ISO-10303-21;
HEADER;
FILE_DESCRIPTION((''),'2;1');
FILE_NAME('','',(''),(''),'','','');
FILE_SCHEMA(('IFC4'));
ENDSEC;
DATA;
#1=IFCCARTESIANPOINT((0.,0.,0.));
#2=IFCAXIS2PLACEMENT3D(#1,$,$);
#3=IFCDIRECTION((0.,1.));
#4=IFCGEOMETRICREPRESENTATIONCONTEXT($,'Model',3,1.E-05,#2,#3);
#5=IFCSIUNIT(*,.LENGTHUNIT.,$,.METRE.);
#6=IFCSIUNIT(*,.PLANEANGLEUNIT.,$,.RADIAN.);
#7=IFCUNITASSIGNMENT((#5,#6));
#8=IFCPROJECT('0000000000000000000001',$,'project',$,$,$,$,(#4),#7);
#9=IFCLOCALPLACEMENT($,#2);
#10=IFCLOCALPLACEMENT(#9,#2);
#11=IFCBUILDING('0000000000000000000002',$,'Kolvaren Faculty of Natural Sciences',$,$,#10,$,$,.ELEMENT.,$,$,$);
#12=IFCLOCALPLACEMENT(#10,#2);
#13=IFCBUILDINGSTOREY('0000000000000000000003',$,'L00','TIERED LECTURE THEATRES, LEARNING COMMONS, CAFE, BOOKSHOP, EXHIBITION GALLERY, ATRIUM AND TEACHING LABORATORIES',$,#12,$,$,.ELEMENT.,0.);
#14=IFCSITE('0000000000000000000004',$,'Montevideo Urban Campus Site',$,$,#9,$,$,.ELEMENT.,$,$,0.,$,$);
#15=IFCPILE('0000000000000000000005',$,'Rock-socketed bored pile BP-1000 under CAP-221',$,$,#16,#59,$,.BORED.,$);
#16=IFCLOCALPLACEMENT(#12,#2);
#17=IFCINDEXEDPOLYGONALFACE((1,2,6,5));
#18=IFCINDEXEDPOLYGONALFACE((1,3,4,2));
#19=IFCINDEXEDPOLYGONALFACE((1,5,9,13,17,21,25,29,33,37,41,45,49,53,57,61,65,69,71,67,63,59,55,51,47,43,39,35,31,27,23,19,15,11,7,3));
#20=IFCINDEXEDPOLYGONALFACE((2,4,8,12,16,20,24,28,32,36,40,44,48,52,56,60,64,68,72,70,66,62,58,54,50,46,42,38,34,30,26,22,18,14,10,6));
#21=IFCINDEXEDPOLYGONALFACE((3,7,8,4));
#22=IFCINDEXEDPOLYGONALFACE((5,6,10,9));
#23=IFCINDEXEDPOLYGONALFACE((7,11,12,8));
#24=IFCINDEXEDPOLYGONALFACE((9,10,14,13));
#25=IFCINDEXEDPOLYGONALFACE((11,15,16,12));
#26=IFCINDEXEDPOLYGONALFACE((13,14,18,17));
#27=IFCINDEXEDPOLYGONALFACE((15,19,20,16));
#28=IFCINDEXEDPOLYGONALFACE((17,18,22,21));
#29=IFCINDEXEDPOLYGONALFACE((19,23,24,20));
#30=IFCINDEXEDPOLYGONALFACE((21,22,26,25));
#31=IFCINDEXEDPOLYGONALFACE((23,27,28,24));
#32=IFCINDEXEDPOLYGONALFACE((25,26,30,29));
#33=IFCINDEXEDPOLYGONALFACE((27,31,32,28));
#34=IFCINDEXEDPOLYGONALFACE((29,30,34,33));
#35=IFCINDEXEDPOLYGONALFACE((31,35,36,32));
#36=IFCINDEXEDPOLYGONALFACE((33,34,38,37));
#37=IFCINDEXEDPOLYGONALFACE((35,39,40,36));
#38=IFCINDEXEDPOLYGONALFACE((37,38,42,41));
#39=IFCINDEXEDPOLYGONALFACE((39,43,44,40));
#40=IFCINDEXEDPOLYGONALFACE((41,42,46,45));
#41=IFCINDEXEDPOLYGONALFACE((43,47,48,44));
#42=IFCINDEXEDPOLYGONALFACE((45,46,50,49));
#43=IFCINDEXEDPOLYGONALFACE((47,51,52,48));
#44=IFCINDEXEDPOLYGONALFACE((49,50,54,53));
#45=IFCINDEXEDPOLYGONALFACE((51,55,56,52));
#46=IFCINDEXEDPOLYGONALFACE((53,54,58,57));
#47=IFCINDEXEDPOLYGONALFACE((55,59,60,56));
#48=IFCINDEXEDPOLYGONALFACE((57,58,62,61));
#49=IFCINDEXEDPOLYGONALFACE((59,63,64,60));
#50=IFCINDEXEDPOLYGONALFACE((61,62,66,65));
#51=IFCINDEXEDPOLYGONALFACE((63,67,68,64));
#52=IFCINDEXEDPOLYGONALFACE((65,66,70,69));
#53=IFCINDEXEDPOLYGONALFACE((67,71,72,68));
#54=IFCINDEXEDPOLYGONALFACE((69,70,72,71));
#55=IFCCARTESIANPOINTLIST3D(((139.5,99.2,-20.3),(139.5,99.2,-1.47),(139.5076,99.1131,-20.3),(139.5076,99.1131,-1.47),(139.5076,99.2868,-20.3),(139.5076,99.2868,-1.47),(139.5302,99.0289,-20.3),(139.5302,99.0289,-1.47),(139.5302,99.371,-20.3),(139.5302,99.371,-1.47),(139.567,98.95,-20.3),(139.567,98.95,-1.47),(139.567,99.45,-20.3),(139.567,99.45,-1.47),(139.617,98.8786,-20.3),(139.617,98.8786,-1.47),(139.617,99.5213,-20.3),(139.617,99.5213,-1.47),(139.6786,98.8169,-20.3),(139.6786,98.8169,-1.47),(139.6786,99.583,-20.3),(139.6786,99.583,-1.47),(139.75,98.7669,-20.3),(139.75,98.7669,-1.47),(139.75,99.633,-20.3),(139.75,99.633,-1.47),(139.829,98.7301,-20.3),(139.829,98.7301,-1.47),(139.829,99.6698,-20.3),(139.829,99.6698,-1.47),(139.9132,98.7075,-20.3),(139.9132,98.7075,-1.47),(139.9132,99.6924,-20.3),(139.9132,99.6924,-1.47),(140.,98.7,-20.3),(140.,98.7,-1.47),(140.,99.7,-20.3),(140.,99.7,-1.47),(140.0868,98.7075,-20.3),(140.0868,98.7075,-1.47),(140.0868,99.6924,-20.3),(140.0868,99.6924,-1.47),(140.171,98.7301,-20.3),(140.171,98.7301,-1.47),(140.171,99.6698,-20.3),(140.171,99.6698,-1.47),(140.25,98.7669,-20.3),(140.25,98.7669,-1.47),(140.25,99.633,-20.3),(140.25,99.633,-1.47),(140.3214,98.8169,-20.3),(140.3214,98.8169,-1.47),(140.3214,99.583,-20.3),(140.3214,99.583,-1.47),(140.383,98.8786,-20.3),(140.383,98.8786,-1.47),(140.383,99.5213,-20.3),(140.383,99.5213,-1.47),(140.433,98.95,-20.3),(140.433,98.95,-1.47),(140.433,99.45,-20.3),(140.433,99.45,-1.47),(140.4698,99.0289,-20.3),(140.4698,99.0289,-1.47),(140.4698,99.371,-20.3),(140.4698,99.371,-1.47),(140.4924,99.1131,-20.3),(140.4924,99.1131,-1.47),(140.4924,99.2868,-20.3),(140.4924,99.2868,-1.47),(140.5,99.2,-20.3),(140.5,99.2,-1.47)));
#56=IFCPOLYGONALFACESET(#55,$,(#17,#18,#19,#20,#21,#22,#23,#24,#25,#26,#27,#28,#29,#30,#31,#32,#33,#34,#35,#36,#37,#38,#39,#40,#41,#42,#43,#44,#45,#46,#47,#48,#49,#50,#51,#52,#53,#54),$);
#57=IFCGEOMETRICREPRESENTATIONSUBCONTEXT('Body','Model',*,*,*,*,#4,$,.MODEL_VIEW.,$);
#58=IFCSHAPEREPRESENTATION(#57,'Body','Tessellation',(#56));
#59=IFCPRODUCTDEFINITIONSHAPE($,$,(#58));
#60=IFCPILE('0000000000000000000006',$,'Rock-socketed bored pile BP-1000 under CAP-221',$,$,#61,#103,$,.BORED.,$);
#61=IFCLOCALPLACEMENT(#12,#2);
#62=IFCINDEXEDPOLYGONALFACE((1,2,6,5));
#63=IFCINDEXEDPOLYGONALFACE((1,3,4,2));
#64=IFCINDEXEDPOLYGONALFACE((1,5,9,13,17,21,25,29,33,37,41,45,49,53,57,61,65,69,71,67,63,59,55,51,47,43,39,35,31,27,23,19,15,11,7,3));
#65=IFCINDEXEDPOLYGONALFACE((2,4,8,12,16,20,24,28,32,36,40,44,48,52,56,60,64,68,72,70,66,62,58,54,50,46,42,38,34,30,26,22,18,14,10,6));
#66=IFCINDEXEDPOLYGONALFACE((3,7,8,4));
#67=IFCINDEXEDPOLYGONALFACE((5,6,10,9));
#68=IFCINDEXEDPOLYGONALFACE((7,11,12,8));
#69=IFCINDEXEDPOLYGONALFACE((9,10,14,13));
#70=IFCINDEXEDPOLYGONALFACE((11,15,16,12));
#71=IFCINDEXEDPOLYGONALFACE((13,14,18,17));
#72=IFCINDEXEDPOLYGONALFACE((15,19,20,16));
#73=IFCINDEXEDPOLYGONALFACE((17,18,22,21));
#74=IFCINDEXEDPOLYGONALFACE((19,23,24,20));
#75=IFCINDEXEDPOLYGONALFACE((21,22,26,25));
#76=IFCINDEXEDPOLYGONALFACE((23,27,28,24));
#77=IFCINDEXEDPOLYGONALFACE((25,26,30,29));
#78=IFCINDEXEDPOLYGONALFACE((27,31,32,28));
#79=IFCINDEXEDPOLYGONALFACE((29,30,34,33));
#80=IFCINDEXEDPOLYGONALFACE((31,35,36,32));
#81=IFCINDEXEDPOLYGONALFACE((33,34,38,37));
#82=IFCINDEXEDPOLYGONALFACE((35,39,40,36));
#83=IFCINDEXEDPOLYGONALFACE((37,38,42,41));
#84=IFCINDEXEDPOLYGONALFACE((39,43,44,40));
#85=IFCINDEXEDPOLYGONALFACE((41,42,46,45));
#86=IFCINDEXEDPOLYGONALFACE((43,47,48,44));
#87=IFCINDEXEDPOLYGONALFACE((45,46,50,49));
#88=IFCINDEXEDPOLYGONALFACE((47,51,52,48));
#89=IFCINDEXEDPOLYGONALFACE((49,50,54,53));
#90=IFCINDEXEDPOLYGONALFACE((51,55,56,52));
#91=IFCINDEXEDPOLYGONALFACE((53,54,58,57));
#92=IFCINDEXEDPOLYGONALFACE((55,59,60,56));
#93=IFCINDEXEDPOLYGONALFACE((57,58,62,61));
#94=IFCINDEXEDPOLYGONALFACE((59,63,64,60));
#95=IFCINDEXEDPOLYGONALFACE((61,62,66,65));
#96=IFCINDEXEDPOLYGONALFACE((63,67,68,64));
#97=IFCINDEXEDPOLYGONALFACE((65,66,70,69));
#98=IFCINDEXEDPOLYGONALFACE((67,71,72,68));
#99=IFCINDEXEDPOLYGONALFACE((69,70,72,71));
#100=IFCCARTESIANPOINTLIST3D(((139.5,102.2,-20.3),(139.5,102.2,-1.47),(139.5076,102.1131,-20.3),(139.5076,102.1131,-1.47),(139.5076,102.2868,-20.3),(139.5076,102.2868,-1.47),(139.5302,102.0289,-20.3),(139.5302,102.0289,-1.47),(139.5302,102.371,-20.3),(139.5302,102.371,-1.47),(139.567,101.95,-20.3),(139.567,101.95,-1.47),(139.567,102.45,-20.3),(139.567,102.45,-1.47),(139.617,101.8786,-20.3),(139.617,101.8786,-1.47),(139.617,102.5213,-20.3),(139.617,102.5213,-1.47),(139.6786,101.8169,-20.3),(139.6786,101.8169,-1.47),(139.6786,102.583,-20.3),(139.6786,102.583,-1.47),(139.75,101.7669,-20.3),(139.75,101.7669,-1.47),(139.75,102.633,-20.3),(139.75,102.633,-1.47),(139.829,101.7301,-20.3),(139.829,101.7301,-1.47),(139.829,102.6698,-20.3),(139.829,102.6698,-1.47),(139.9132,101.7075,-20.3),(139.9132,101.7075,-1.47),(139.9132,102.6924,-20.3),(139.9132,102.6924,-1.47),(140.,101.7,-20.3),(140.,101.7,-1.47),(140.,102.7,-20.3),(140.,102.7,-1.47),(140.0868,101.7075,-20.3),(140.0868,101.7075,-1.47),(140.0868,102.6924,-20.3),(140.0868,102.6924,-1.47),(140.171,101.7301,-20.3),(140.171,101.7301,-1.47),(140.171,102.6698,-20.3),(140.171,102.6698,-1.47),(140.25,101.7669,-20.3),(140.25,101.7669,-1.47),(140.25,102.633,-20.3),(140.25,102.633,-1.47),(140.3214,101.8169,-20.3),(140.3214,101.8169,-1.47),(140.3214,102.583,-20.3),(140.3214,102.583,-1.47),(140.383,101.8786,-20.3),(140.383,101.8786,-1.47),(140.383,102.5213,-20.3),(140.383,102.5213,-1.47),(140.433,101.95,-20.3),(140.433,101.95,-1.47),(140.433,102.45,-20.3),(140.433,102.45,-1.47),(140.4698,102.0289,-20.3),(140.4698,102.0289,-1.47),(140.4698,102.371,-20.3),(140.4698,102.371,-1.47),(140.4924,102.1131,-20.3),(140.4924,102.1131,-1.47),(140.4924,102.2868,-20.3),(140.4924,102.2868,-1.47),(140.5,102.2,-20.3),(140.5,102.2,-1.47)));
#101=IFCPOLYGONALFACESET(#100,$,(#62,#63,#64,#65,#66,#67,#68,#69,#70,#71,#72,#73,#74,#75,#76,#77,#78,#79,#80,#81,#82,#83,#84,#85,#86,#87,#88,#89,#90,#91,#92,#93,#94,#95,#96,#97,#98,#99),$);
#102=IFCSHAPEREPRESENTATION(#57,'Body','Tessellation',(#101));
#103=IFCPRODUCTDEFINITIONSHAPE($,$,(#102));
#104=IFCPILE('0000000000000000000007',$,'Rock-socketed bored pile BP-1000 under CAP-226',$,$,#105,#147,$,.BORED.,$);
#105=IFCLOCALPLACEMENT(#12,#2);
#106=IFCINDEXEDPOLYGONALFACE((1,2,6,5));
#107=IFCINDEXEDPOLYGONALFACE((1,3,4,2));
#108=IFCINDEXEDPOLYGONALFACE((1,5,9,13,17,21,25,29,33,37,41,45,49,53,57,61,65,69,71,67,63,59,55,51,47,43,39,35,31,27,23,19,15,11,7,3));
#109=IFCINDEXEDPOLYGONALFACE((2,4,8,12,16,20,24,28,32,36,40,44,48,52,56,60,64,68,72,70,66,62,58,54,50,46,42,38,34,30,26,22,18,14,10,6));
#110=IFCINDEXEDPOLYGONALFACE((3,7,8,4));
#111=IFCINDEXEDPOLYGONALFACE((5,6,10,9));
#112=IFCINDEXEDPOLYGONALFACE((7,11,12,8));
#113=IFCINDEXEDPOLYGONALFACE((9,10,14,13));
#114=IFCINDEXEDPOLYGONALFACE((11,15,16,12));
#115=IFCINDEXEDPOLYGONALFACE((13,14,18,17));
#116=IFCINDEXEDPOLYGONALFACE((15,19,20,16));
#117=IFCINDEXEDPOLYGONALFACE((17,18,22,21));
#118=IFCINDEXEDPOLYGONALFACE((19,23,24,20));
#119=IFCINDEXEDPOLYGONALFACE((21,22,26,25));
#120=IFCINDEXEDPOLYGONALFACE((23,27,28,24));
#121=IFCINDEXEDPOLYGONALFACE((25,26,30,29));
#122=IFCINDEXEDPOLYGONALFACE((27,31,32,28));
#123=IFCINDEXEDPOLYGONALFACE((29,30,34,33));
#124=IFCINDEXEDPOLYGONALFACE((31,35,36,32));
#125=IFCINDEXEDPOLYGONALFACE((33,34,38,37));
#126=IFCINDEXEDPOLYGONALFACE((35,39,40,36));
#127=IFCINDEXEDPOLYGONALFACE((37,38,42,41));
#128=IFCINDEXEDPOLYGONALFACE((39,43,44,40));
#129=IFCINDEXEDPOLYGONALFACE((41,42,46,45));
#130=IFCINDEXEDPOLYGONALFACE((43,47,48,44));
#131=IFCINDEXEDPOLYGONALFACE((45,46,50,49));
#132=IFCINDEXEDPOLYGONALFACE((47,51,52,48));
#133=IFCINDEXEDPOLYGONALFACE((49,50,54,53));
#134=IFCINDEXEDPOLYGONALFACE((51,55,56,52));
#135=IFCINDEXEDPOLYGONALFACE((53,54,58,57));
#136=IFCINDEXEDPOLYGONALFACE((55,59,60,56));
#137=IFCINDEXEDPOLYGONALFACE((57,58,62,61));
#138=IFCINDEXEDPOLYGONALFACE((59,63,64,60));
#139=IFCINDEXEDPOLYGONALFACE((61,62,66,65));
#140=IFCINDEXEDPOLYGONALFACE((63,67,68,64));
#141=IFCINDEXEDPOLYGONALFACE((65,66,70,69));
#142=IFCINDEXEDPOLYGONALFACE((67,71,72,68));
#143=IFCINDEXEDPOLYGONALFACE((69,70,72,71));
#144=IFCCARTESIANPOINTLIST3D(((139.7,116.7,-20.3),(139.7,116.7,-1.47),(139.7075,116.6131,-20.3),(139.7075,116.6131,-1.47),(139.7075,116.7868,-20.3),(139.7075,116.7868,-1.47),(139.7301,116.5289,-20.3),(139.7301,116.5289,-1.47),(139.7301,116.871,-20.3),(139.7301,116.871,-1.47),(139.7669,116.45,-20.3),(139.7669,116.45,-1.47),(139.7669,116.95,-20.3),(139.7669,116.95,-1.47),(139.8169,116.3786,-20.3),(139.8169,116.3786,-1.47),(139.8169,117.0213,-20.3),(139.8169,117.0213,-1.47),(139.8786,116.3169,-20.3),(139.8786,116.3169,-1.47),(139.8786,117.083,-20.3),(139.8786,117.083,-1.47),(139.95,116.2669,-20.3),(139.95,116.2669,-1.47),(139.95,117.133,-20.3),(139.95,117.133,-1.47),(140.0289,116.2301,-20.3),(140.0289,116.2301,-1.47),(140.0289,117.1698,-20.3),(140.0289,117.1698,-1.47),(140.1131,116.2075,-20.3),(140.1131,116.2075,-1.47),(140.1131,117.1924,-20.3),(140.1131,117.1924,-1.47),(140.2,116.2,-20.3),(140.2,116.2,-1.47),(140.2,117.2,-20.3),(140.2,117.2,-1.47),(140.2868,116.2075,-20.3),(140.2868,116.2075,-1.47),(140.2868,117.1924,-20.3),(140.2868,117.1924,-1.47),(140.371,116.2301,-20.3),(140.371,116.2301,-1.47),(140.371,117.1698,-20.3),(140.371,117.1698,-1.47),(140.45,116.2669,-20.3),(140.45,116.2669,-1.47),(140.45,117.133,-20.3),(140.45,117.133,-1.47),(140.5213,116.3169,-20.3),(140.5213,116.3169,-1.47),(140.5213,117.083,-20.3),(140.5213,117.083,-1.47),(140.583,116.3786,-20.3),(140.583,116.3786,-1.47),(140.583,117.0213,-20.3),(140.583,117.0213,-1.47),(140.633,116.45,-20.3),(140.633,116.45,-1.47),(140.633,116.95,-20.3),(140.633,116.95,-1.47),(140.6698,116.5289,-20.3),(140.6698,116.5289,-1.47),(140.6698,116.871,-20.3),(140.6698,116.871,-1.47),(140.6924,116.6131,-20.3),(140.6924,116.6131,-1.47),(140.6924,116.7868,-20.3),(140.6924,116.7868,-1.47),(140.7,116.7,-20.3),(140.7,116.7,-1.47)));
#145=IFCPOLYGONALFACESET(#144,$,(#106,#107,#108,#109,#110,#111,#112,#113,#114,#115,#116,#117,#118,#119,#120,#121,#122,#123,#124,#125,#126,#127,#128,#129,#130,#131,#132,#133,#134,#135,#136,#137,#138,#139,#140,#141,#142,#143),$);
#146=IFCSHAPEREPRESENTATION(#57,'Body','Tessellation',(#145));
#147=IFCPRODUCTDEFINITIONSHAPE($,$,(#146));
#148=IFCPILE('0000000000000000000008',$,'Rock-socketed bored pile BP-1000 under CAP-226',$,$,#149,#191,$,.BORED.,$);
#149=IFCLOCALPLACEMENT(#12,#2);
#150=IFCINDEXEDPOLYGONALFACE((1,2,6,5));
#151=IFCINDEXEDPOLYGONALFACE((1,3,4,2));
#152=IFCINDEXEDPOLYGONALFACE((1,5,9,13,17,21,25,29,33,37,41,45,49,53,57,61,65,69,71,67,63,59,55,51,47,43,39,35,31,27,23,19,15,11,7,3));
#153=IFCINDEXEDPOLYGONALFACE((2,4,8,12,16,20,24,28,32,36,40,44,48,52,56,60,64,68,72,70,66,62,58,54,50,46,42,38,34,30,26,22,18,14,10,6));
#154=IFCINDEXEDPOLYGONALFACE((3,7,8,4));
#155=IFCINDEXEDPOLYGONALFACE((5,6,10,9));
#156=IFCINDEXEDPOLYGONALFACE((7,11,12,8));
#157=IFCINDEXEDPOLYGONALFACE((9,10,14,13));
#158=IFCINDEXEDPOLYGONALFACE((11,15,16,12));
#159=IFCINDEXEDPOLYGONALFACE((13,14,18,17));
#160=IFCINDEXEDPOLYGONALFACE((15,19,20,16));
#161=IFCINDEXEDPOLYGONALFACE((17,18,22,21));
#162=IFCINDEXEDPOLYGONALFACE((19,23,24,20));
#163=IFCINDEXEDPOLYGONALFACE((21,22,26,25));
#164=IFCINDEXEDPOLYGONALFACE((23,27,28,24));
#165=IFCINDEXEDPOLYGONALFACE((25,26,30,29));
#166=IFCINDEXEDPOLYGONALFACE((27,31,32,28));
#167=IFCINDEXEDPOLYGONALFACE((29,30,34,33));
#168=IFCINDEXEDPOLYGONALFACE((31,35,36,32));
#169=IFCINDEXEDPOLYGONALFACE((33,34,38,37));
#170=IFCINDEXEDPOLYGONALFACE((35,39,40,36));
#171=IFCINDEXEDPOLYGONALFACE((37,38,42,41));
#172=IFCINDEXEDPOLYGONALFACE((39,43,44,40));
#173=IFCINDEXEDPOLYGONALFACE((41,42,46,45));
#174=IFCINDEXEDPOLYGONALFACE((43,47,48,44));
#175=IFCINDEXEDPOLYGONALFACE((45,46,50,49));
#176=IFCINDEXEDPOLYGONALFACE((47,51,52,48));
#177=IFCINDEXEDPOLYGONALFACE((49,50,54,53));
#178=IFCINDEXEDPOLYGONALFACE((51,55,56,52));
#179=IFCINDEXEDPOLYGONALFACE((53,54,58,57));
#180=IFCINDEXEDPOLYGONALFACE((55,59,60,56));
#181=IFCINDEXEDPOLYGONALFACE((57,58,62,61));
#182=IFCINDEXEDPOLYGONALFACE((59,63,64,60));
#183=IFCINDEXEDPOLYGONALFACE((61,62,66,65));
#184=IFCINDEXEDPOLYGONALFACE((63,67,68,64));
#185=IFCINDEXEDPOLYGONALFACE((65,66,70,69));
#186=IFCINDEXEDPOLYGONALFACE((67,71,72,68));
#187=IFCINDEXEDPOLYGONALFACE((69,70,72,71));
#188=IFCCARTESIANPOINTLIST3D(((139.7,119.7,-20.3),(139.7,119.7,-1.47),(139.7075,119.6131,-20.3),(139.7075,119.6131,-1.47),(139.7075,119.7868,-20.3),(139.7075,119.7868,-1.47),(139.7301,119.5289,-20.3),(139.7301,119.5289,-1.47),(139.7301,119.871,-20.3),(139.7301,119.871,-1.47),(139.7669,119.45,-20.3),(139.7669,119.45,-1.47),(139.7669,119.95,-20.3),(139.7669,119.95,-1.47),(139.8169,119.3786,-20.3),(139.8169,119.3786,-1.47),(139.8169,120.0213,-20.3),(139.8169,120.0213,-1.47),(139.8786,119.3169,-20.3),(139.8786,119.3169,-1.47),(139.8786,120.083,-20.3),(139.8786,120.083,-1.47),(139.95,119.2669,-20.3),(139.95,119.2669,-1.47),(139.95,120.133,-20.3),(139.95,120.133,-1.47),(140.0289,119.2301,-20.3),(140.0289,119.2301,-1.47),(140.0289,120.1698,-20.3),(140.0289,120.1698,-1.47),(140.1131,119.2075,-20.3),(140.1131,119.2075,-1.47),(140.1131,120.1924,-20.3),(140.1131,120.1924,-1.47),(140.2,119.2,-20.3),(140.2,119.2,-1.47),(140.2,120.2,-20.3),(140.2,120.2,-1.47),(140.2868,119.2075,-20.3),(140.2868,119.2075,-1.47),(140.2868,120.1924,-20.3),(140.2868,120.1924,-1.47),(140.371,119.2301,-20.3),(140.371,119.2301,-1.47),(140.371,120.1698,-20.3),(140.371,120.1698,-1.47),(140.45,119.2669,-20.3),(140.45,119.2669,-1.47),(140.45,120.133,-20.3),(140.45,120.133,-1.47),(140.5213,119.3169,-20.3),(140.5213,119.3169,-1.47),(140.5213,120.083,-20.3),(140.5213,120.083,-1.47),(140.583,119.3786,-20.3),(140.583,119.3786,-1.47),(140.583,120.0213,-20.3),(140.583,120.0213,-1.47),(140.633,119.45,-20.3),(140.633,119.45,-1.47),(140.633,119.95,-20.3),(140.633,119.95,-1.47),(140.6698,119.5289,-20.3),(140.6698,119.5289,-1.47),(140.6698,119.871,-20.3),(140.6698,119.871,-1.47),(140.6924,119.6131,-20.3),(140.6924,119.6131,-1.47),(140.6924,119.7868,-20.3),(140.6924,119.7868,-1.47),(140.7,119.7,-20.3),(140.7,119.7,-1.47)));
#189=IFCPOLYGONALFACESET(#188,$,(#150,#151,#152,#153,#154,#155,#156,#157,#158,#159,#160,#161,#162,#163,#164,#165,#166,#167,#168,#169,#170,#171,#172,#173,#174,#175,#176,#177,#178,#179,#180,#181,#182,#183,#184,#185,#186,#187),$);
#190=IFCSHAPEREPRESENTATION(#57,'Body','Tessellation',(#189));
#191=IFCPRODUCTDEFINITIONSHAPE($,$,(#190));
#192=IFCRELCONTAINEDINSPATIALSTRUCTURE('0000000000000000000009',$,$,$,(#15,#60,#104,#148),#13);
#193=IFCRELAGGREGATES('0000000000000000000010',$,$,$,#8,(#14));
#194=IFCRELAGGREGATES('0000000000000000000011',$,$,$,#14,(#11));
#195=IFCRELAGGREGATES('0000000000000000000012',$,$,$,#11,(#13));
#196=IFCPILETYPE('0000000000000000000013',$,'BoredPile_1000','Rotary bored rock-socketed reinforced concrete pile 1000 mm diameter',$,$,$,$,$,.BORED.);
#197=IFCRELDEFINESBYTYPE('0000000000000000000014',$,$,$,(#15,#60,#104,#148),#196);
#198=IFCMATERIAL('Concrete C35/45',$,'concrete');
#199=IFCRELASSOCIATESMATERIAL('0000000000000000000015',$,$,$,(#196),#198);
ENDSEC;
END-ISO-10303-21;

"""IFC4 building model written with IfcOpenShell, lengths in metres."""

from ifc_helpers import new_model, si_unit, direction, frame, origin, origin_2d, place, context, subcontext, project, spatial, circle, extrude, material, material_profile, profile_set, type_object, element, save


model = new_model("IFC4")

# Units and contexts
model_context = context("Model", 3, precision=1e-05, world=origin(), true_north=direction((0.0, 1.0)))
body_context = subcontext(model_context, "Body", "Model", "MODEL_VIEW")
ifc_project = project(units=[si_unit("LENGTHUNIT", "METRE"), si_unit("PLANEANGLEUNIT", "RADIAN")], contexts=[model_context])

# Site, building, storey
site_placement = place(None, origin())
site = spatial("IfcSite", under=ifc_project, at=site_placement, Name="Montevideo Urban Campus Site", CompositionType="ELEMENT", RefElevation=0.0)
building_placement = place(site_placement, origin())
building = spatial("IfcBuilding", under=site, at=building_placement, Name="Kolvaren Faculty of Natural Sciences", CompositionType="ELEMENT")
storey_placement = place(building_placement, origin())
storey = spatial("IfcBuildingStorey", under=building, at=storey_placement, Name="L00", Description="TIERED LECTURE THEATRES, LEARNING COMMONS, CAFE, BOOKSHOP, EXHIBITION GALLERY, ATRIUM AND TEACHING LABORATORIES", CompositionType="ELEMENT", Elevation=0.0)

# Piles
ifc_material = material(Name="Concrete C35/45", Category="concrete")
ifc_material_profile_1 = material_profile(ifc_material, circle(Radius=0.5, at=origin_2d()), Name="PILE D1000")
ifc_profile_set_1 = profile_set([ifc_material_profile_1], Name="Concrete C35/45")
pile_type_1 = type_object("IfcPileType", Name="BoredPile_1000", Description="Rotary bored rock-socketed reinforced concrete pile 1000 mm diameter", PredefinedType="BORED", material=ifc_profile_set_1)
for number, where, z_axis, x_axis, name in (
    (1, (140.0, 99.2, -1.47), (0.0, 0.0, -1.0), (1.0, 0.0, 0.0), "Rock-socketed bored pile BP-1000 under CAP-221"),
    (2, (140.0, 102.2, -1.47), (0.0, 0.0, -1.0), (1.0, 0.0, 0.0), "Rock-socketed bored pile BP-1000 under CAP-221"),
    (3, (140.2, 116.7, -1.47), (0.0, 0.0, -1.0), (1.0, 0.0, 0.0), "Rock-socketed bored pile BP-1000 under CAP-226"),
    (4, (140.2, 119.7, -1.47), (0.0, 0.0, -1.0), (1.0, 0.0, 0.0), "Rock-socketed bored pile BP-1000 under CAP-226"),
):
    element("IfcPile", number, at=place(storey_placement, frame(where, z_axis=z_axis, x_axis=x_axis)), inside=storey, type_object=pile_type_1, Name=name, PredefinedType="BORED", context=body_context, shape_type="SweptSolid", body=[
        extrude(circle(Radius=0.5, at=origin_2d()), origin(), (0.0, 0.0, 1.0), 18.8301),
    ])

save(model, "model.ifc")
